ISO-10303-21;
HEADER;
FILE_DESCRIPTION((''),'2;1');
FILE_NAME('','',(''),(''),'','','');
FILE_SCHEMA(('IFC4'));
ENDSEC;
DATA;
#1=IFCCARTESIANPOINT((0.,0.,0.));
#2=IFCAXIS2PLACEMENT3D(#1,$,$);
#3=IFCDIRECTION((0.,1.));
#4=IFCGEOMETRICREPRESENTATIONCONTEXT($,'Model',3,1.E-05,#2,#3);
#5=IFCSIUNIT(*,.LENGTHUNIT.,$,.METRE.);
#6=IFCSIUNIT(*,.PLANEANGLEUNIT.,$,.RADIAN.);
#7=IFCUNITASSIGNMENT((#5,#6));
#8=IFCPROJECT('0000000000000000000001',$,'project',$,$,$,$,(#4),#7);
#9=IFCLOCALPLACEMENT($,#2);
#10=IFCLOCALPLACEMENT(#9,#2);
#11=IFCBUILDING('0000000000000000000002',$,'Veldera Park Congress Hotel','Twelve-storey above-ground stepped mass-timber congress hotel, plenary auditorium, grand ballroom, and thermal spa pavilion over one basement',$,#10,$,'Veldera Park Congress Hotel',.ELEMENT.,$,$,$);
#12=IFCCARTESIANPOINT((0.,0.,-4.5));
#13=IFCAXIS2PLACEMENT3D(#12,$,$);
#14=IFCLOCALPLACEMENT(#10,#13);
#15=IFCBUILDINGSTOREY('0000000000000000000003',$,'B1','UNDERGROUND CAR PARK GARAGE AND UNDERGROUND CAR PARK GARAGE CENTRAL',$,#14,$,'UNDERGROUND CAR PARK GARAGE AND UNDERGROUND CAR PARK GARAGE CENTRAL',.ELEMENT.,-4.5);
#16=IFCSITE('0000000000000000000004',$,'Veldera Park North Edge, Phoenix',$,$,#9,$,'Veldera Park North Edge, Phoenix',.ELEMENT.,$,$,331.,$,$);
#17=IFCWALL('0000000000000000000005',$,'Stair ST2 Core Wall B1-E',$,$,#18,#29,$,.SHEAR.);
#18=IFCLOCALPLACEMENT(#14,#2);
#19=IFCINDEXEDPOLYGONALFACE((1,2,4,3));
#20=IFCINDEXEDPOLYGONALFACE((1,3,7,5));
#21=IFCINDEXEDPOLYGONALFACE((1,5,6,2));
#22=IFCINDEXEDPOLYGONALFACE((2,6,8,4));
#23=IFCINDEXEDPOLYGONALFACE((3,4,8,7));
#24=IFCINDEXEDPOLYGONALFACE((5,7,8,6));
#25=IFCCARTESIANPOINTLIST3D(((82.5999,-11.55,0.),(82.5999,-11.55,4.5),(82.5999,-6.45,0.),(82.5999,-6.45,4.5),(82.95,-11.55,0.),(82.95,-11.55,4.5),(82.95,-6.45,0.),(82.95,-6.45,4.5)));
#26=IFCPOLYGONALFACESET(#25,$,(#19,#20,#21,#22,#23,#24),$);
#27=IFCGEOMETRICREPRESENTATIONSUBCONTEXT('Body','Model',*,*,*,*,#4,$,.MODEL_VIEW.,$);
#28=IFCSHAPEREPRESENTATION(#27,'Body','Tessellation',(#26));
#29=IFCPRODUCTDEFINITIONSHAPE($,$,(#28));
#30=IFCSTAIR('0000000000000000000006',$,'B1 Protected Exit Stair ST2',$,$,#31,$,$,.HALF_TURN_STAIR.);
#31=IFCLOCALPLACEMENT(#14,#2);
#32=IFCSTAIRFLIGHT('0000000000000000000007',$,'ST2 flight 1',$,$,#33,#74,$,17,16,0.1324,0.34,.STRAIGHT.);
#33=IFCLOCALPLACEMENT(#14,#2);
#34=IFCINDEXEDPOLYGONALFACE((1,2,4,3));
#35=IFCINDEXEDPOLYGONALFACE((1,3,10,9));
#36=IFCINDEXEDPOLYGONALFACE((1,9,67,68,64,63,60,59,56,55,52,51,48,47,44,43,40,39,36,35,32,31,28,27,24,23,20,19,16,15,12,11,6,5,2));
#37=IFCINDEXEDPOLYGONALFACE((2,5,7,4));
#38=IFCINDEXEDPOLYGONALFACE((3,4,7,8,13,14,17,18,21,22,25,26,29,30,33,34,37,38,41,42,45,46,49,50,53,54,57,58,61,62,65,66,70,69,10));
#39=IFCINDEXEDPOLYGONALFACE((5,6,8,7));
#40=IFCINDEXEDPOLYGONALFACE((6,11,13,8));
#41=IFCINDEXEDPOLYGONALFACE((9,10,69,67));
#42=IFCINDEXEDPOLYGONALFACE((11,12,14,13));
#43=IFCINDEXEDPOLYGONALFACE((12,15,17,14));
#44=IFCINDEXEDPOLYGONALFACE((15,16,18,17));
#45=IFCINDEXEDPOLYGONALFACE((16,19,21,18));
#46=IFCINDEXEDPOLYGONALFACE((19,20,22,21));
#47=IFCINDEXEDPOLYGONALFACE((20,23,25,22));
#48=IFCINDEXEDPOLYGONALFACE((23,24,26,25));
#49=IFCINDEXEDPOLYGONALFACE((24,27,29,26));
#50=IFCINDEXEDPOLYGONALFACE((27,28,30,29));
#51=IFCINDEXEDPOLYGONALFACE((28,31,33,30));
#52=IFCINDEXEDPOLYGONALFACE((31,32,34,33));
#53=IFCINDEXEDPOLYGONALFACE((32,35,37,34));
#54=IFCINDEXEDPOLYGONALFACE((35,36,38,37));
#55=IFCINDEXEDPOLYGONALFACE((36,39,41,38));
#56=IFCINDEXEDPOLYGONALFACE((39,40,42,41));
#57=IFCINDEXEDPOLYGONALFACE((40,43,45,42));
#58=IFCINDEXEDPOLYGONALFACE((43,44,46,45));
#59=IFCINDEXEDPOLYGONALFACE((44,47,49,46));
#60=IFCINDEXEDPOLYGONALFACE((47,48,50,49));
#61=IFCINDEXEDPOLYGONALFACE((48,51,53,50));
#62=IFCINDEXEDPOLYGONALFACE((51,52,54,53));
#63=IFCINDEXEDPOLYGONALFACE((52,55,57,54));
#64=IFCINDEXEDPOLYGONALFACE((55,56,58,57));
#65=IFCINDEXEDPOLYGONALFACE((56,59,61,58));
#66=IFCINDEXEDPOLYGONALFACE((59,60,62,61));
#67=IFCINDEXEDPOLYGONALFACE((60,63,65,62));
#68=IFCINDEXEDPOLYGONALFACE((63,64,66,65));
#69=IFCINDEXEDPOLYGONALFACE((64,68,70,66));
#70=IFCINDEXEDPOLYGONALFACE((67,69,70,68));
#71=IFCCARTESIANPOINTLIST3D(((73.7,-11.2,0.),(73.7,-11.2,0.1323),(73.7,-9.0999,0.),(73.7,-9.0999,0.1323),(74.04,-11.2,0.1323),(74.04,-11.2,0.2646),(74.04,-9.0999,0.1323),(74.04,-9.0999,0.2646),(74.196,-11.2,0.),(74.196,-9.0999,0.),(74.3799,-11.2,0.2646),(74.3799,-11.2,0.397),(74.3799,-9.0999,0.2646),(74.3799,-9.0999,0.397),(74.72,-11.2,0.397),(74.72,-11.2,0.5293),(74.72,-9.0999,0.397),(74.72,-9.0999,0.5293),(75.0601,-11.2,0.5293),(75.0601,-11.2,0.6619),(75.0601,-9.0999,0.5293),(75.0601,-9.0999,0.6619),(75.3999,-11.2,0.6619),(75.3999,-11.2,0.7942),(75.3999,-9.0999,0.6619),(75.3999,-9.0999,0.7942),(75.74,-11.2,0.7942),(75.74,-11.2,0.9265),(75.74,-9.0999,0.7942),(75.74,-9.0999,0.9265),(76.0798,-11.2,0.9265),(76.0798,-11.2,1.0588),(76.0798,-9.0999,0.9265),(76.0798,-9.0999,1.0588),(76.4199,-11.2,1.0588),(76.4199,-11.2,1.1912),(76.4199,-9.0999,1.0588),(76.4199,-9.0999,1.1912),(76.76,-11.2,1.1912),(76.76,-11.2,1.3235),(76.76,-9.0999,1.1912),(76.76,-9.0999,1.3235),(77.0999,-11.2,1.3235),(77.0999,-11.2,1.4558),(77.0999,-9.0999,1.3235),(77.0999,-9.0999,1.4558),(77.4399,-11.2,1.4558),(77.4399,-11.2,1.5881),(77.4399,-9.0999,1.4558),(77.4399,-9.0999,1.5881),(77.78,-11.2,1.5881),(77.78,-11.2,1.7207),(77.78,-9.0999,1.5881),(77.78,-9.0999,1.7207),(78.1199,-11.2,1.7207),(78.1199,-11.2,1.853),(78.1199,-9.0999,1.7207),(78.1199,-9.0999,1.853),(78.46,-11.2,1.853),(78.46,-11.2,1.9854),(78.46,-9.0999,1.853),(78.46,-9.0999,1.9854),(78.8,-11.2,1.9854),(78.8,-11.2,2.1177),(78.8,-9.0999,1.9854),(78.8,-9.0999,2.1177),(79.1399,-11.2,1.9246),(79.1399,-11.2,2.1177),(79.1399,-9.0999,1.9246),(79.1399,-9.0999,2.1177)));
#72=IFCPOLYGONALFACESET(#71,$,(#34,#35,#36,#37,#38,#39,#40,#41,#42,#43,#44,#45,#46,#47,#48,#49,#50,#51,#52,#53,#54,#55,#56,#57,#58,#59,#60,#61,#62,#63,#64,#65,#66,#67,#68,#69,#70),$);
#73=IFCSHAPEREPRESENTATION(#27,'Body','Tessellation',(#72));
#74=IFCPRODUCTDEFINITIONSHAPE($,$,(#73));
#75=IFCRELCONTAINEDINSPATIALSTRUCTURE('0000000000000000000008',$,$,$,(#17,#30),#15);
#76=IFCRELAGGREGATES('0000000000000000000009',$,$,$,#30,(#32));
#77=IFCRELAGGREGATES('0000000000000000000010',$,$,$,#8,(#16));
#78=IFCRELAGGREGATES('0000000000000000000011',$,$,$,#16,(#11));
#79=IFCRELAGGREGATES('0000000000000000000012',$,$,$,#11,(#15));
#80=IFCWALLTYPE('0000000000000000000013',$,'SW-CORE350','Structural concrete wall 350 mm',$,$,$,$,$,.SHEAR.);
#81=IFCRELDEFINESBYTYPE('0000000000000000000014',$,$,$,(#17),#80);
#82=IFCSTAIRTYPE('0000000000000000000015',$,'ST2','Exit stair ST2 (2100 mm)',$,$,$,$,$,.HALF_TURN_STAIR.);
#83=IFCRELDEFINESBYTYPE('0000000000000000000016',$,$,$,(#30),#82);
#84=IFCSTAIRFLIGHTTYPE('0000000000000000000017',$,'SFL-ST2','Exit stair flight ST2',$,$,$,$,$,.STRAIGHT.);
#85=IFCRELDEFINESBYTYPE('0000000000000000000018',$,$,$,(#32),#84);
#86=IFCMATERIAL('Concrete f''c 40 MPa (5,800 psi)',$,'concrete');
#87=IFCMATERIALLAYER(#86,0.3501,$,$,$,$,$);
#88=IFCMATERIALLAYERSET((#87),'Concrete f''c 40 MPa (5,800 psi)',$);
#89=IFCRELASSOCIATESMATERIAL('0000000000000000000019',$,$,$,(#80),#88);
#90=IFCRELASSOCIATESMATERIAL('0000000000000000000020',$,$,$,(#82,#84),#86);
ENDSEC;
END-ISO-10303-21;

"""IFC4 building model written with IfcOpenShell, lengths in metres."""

from ifc_helpers import new_model, si_unit, direction, frame, frame_2d, origin, place, context, subcontext, project, spatial, polyline, rectangle, outline, extrude, material, layer, layer_set, type_object, element, aggregate, save


model = new_model("IFC4")

# Units and contexts
model_context = context("Model", 3, precision=1e-05, world=origin(), true_north=direction((0.0, 1.0)))
body_context = subcontext(model_context, "Body", "Model", "MODEL_VIEW")
ifc_project = project(units=[si_unit("LENGTHUNIT", "METRE"), si_unit("PLANEANGLEUNIT", "RADIAN")], contexts=[model_context])

# Site, building, storey
site_placement = place(None, origin())
site = spatial("IfcSite", under=ifc_project, at=site_placement, Name="Veldera Park North Edge, Phoenix", LongName="Veldera Park North Edge, Phoenix", CompositionType="ELEMENT", RefElevation=331.0)
building_placement = place(site_placement, origin())
building = spatial("IfcBuilding", under=site, at=building_placement, Name="Veldera Park Congress Hotel", Description="Twelve-storey above-ground stepped mass-timber congress hotel, plenary auditorium, grand ballroom, and thermal spa pavilion over one basement", LongName="Veldera Park Congress Hotel", CompositionType="ELEMENT")
storey_placement = place(building_placement, frame((0.0, 0.0, -4.5)))
storey = spatial("IfcBuildingStorey", under=building, at=storey_placement, Name="B1", Description="UNDERGROUND CAR PARK GARAGE AND UNDERGROUND CAR PARK GARAGE CENTRAL", LongName="UNDERGROUND CAR PARK GARAGE AND UNDERGROUND CAR PARK GARAGE CENTRAL", CompositionType="ELEMENT", Elevation=-4.5)

# Shared definitions
ifc_material_1 = material(Name="Concrete f'c 40 MPa (5,800 psi)", Category="concrete")

# Wall
ifc_layer = layer(ifc_material_1, 0.3501)
ifc_layer_set = layer_set([ifc_layer], Name="Concrete f'c 40 MPa (5,800 psi)")
wall_type = type_object("IfcWallType", Name="SW-CORE350", Description="Structural concrete wall 350 mm", PredefinedType="SHEAR", material=ifc_layer_set)
wall_1_placement = place(storey_placement, frame((82.7749, -11.55, 0.0), z_axis=(0.0, 0.0, 1.0), x_axis=(0.0, 1.0, 0.0)))
element("IfcWall", 1, at=wall_1_placement, inside=storey, type_object=wall_type, Name="Stair ST2 Core Wall B1-E", PredefinedType="SHEAR", context=body_context, shape_type="SweptSolid", body=[
    extrude(rectangle(XDim=5.1001, YDim=0.3501, at=frame_2d((2.55, 0.0))), origin(), (0.0, 0.0, 1.0), 4.5),
])

# Stair, stair flight
stair_type = type_object("IfcStairType", Name="ST2", Description="Exit stair ST2 (2100 mm)", PredefinedType="HALF_TURN_STAIR", material=ifc_material_1)
stair_placement = place(storey_placement, origin())
stair = element("IfcStair", 2, at=stair_placement, inside=storey, type_object=stair_type, Name="B1 Protected Exit Stair ST2", PredefinedType="HALF_TURN_STAIR")
stair_flight_type = type_object("IfcStairFlightType", Name="SFL-ST2", Description="Exit stair flight ST2", PredefinedType="STRAIGHT", material=ifc_material_1)
stair_flight_placement = place(storey_placement, frame((73.7, -10.1499, 0.0), z_axis=(0.0, 0.0, 1.0), x_axis=(1.0, 0.0, 0.0)))
stair_flight = element("IfcStairFlight", 3, at=stair_flight_placement, type_object=stair_flight_type, Name="ST2 flight 1", NumberOfRisers=17, NumberOfTreads=16, PredefinedType="STRAIGHT", RiserHeight=0.1324, TreadLength=0.34, context=body_context, shape_type="SweptSolid", body=[
    extrude(outline(polyline([(0.0, 0.0), (0.0, 0.1323), (0.3401, 0.1323), (0.3401, 0.2646), (0.6799, 0.2646), (0.6799, 0.397), (1.02, 0.397), (1.02, 0.5293), (1.3601, 0.5293), (1.3601, 0.6619), (1.7, 0.6619), (1.7, 0.7942), (2.04, 0.7942), (2.04, 0.9265), (2.3799, 0.9265), (2.3799, 1.0588), (2.72, 1.0588), (2.72, 1.1912), (3.0601, 1.1912), (3.0601, 1.3235), (3.3999, 1.3235), (3.3999, 1.4558), (3.74, 1.4558), (3.74, 1.5881), (4.0801, 1.5881), (4.0801, 1.7207), (4.4199, 1.7207), (4.4199, 1.853), (4.76, 1.853), (4.76, 1.9854), (5.1001, 1.9854), (5.1001, 2.1177), (5.4399, 2.1177), (5.4399, 2.25), (5.4399, 2.25), (5.4399, 1.9246), (0.4961, 0.0), (0.0, 0.0)])), frame((0.0, 1.05, 0.0), z_axis=(0.0, -1.0, 0.0), x_axis=(1.0, 0.0, 0.0)), (0.0, 0.0, 1.0), 2.1001),
])
aggregate(stair, [stair_flight])

save(model, "model.ifc")
